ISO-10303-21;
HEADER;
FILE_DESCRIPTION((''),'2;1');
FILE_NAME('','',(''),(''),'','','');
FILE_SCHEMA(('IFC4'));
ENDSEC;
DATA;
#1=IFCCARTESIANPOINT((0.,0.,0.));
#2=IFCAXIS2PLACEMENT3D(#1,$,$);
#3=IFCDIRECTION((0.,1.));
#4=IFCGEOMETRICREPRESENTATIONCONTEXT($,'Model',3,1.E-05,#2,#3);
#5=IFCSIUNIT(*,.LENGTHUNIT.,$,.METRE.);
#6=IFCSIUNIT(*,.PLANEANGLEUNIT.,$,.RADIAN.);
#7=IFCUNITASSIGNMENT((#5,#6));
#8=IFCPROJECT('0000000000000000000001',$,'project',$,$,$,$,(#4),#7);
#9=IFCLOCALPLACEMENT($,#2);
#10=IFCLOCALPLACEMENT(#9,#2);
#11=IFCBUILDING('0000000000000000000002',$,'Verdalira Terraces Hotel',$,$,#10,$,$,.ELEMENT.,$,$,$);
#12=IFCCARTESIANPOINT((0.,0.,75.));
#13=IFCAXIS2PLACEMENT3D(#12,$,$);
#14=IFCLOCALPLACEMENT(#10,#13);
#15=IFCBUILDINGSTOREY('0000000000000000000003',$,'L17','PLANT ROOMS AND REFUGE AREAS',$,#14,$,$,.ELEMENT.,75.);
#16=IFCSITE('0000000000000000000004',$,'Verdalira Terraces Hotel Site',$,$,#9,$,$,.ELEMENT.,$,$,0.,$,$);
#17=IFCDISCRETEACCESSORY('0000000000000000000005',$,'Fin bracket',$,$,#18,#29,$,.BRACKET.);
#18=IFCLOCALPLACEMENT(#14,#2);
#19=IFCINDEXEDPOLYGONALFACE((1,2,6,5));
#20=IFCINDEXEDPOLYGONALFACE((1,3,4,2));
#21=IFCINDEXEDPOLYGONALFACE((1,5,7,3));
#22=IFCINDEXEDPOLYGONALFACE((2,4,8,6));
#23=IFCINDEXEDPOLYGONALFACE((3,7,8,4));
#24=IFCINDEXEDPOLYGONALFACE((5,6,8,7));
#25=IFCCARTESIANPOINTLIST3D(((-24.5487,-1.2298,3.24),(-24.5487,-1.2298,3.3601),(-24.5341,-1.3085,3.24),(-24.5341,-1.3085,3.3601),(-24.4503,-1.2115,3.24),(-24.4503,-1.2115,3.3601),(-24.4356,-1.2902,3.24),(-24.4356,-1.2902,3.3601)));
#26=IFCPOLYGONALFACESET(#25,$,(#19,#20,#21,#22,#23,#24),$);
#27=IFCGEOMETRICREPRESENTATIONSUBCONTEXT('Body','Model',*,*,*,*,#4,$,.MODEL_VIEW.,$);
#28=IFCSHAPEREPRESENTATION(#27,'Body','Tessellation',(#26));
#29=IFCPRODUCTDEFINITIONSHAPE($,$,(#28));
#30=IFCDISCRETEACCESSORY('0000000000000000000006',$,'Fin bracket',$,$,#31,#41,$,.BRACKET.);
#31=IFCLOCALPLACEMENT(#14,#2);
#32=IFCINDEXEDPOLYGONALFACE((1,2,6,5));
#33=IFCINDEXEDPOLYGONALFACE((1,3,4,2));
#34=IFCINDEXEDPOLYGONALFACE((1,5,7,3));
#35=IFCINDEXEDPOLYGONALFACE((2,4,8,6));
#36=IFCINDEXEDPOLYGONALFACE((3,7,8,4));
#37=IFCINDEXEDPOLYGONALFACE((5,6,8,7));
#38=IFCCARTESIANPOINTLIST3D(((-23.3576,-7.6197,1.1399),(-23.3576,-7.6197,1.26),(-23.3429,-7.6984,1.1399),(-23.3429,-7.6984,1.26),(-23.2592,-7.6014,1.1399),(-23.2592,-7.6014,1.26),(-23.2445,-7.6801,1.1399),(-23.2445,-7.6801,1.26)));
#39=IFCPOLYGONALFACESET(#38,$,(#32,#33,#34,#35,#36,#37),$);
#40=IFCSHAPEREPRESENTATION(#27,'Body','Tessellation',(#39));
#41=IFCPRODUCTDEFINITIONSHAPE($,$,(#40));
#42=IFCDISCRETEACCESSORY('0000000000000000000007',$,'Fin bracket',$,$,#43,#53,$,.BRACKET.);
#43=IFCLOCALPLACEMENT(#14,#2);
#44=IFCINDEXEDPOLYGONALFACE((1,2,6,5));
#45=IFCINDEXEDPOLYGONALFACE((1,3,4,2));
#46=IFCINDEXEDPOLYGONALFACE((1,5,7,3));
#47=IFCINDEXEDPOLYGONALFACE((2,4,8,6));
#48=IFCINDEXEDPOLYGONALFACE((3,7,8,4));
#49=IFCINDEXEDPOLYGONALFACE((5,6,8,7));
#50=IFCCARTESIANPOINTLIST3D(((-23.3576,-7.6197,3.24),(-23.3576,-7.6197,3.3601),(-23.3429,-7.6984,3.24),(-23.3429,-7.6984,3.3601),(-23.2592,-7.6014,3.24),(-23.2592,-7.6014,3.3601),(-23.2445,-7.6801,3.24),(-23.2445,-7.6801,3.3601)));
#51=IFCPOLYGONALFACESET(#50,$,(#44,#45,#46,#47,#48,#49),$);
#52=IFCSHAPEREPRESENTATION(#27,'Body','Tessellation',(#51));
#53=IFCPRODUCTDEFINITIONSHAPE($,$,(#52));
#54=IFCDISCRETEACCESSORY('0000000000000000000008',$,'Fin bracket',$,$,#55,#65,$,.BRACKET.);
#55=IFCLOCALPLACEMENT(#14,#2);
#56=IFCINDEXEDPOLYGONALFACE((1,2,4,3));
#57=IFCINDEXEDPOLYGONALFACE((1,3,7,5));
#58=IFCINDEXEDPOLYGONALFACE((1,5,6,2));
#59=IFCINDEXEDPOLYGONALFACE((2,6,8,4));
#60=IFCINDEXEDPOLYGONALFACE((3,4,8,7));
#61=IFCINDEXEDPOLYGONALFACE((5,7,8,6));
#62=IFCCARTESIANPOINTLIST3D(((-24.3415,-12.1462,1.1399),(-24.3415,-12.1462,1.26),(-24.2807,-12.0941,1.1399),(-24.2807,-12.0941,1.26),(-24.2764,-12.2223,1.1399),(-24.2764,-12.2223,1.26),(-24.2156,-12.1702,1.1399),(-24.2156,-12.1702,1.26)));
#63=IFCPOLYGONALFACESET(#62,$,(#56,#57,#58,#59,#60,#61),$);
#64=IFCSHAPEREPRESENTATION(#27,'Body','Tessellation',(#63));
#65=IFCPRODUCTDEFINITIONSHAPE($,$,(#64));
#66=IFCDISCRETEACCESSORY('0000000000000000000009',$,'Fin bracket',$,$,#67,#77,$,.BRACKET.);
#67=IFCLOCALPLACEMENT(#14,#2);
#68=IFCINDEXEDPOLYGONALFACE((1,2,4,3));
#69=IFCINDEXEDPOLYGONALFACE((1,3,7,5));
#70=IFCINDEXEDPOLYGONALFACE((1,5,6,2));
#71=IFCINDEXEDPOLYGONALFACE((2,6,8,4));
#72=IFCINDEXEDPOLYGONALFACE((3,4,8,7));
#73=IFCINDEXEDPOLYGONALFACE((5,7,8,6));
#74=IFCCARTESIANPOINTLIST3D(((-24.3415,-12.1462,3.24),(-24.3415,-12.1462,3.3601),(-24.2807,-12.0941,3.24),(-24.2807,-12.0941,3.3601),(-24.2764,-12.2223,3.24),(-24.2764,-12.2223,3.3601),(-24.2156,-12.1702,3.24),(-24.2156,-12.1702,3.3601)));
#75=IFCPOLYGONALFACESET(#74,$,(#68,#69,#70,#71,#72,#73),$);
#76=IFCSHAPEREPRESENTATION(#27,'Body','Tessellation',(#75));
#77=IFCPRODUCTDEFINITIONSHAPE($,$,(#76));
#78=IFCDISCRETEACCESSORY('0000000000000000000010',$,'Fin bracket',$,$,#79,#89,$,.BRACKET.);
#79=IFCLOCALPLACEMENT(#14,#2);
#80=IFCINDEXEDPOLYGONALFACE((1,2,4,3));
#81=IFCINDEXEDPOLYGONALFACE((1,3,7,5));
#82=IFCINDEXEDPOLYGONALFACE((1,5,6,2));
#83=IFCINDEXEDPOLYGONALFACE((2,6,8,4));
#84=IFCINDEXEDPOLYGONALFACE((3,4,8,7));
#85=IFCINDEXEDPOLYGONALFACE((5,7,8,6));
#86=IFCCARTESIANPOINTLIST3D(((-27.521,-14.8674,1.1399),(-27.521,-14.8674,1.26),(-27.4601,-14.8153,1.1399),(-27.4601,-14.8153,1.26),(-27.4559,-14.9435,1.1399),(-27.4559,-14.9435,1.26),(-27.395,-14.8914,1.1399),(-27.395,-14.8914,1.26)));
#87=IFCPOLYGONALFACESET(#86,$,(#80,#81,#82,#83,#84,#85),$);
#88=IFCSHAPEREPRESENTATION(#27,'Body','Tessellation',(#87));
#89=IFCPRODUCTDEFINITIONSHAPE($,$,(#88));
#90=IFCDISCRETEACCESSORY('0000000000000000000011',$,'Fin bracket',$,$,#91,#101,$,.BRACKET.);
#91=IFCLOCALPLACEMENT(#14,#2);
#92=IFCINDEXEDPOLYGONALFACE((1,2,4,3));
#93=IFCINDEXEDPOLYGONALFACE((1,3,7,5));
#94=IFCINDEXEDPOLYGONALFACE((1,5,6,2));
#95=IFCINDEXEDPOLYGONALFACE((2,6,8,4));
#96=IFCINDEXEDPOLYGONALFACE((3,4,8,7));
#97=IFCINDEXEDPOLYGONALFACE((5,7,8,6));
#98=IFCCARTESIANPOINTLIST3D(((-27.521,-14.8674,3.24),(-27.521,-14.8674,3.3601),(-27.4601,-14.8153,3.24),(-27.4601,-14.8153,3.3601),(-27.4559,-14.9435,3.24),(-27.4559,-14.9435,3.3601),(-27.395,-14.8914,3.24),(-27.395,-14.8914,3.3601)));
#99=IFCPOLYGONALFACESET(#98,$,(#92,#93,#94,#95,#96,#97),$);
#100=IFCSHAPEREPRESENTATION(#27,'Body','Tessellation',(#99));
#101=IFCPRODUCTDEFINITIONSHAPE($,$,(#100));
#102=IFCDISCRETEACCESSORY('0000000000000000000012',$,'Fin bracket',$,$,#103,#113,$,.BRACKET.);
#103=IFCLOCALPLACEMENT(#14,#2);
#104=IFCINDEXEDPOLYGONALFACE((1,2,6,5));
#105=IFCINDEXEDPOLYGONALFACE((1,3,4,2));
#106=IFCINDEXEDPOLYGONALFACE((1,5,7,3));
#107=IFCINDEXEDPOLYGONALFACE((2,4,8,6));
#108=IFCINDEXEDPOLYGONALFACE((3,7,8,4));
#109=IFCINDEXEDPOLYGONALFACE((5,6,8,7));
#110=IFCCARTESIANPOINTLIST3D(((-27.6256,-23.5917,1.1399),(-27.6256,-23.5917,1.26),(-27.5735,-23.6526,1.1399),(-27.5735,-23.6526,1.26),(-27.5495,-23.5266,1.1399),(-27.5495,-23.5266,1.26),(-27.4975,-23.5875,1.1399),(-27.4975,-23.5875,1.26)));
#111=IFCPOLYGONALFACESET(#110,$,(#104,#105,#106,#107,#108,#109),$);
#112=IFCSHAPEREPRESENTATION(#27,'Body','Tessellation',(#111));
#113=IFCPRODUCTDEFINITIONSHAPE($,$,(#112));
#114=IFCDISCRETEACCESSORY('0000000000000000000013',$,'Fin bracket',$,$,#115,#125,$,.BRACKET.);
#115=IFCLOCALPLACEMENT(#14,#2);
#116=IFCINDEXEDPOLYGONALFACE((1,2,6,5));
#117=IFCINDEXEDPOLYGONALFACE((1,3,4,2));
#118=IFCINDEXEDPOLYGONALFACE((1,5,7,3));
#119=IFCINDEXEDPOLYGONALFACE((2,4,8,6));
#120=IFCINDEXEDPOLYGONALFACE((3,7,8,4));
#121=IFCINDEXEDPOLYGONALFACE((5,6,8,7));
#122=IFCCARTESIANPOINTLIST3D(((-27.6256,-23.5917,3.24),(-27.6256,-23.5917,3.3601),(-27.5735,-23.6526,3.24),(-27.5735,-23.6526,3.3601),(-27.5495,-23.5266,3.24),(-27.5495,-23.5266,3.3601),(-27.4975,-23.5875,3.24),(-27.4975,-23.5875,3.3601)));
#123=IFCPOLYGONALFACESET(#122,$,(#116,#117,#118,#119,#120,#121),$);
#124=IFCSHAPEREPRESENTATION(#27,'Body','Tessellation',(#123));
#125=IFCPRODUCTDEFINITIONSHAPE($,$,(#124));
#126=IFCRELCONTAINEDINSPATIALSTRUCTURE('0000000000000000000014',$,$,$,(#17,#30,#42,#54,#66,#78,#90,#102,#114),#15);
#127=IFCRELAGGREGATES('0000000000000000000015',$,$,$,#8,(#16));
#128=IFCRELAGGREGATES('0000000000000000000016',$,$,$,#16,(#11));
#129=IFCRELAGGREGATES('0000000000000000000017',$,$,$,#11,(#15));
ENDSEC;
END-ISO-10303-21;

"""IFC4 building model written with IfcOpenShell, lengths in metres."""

from ifc_helpers import new_model, si_unit, direction, frame, origin, origin_2d, place, context, subcontext, project, spatial, rectangle, extrude, element, save


model = new_model("IFC4")

# Units and contexts
model_context = context("Model", 3, precision=1e-05, world=origin(), true_north=direction((0.0, 1.0)))
body_context = subcontext(model_context, "Body", "Model", "MODEL_VIEW")
ifc_project = project(units=[si_unit("LENGTHUNIT", "METRE"), si_unit("PLANEANGLEUNIT", "RADIAN")], contexts=[model_context])

# Site, building, storey
site_placement = place(None, origin())
site = spatial("IfcSite", under=ifc_project, at=site_placement, Name="Verdalira Terraces Hotel Site", CompositionType="ELEMENT", RefElevation=0.0)
building_placement = place(site_placement, origin())
building = spatial("IfcBuilding", under=site, at=building_placement, Name="Verdalira Terraces Hotel", CompositionType="ELEMENT")
storey_placement = place(building_placement, frame((0.0, 0.0, 75.0)))
storey = spatial("IfcBuildingStorey", under=building, at=storey_placement, Name="L17", Description="PLANT ROOMS AND REFUGE AREAS", CompositionType="ELEMENT", Elevation=75.0)

# Discrete accessories
for number, where, z_axis, x_axis, name in (
    (1, (-24.4922, -1.26, 3.24), (0.0, 0.0, 1.0), (0.183265, -0.983064, 0.0), "Fin bracket"),
    (2, (-23.301, -7.6499, 1.1399), (0.0, 0.0, 1.0), (0.183265, -0.983064, 0.0), "Fin bracket"),
    (3, (-23.301, -7.6499, 3.24), (0.0, 0.0, 1.0), (0.183265, -0.983064, 0.0), "Fin bracket"),
    (4, (-24.2786, -12.1582, 1.1399), (0.0, 0.0, 1.0), (-0.759725, -0.650244, 0.0), "Fin bracket"),
    (5, (-24.2786, -12.1582, 3.24), (0.0, 0.0, 1.0), (-0.759725, -0.650244, 0.0), "Fin bracket"),
    (6, (-27.458, -14.8794, 1.1399), (0.0, 0.0, 1.0), (-0.759725, -0.650244, 0.0), "Fin bracket"),
    (7, (-27.458, -14.8794, 3.24), (0.0, 0.0, 1.0), (-0.759725, -0.650244, 0.0), "Fin bracket"),
    (8, (-27.5615, -23.5896, 1.1399), (0.0, 0.0, 1.0), (0.650244, -0.759725, 0.0), "Fin bracket"),
    (9, (-27.5615, -23.5896, 3.24), (0.0, 0.0, 1.0), (0.650244, -0.759725, 0.0), "Fin bracket"),
):
    element("IfcDiscreteAccessory", number, at=place(storey_placement, frame(where, z_axis=z_axis, x_axis=x_axis)), inside=storey, Name=name, PredefinedType="BRACKET", context=body_context, shape_type="SweptSolid", body=[
        extrude(rectangle(XDim=0.0801, YDim=0.1001, at=origin_2d()), origin(), (0.0, 0.0, 1.0), 0.1201),
    ])

save(model, "model.ifc")
